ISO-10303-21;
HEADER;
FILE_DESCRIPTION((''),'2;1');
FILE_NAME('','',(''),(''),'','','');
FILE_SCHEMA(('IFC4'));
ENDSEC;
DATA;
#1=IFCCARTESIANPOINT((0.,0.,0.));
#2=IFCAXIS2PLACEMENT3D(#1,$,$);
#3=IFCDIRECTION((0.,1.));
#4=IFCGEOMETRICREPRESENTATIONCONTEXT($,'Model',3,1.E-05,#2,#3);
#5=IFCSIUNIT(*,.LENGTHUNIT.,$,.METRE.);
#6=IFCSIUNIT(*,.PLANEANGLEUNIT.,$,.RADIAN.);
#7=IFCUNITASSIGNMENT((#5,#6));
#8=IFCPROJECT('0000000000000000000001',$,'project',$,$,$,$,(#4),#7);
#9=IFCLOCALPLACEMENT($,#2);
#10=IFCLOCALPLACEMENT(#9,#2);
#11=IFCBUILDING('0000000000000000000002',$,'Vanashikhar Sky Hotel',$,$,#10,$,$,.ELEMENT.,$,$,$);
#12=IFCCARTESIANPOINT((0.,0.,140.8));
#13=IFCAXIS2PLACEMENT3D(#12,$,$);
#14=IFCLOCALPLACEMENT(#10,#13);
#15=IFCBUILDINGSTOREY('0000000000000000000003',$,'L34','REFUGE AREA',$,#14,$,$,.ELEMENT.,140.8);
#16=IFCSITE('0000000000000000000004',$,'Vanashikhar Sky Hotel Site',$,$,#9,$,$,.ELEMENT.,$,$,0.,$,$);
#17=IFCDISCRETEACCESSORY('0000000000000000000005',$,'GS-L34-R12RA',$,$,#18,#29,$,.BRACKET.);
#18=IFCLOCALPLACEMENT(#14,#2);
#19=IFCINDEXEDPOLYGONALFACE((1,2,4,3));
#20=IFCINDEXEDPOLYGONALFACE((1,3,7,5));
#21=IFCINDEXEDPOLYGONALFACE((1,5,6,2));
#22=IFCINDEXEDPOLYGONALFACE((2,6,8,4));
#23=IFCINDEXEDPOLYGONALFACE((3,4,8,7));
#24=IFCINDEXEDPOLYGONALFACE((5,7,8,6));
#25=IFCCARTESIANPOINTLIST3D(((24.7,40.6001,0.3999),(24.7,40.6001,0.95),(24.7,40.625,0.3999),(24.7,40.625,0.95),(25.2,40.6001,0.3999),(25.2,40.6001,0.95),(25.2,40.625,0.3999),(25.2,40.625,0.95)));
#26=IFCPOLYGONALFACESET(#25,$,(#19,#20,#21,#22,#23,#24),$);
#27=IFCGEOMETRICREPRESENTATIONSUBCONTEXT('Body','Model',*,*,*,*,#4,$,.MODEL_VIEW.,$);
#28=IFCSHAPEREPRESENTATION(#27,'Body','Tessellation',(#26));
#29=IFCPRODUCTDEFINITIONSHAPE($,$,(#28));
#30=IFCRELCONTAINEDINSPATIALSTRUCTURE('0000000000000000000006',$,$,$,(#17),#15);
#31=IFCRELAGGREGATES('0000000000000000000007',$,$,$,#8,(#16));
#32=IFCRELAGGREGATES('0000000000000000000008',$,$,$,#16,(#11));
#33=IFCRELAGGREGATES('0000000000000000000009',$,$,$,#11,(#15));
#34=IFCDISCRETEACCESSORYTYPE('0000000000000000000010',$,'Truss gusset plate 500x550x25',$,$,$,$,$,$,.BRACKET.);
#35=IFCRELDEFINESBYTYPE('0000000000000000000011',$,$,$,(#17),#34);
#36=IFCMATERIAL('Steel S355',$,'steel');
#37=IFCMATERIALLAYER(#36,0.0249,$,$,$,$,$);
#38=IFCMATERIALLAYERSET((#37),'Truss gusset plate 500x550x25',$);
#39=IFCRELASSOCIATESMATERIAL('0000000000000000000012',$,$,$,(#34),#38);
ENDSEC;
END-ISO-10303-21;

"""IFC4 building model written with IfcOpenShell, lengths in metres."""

from ifc_helpers import new_model, si_unit, direction, frame, origin, origin_2d, place, context, subcontext, project, spatial, rectangle, extrude, source, transform, mapped, material, layer, layer_set, type_object, element, save


model = new_model("IFC4")

# Units and contexts
model_context = context("Model", 3, precision=1e-05, world=origin(), true_north=direction((0.0, 1.0)))
body_context = subcontext(model_context, "Body", "Model", "MODEL_VIEW")
ifc_project = project(units=[si_unit("LENGTHUNIT", "METRE"), si_unit("PLANEANGLEUNIT", "RADIAN")], contexts=[model_context])

# Site, building, storey
site_placement = place(None, origin())
site = spatial("IfcSite", under=ifc_project, at=site_placement, Name="Vanashikhar Sky Hotel Site", CompositionType="ELEMENT", RefElevation=0.0)
building_placement = place(site_placement, origin())
building = spatial("IfcBuilding", under=site, at=building_placement, Name="Vanashikhar Sky Hotel", CompositionType="ELEMENT")
storey_placement = place(building_placement, frame((0.0, 0.0, 140.8)))
storey = spatial("IfcBuildingStorey", under=building, at=storey_placement, Name="L34", Description="REFUGE AREA", CompositionType="ELEMENT", Elevation=140.8)

# Shared definitions
ifc_material_1 = material(Name="Steel S355", Category="steel")

# Discrete accessory
ifc_layer_1 = layer(ifc_material_1, 0.0249)
ifc_layer_set_1 = layer_set([ifc_layer_1], Name="Truss gusset plate 500x550x25")
discrete_accessory_type_1 = type_object("IfcDiscreteAccessoryType", Name="Truss gusset plate 500x550x25", PredefinedType="BRACKET", material=ifc_layer_set_1)
shared_shape_1 = source(origin(), body_context, "Body", "SweptSolid", [
    extrude(rectangle(XDim=0.5, YDim=0.0249, at=origin_2d()), origin(), (0.0, 0.0, 1.0), 0.55),
])
discrete_accessory_1_placement = place(storey_placement, frame((24.95, 40.6125, 0.3999), z_axis=(0.0, 0.0, 1.0), x_axis=(1.0, 0.0, 0.0)))
element("IfcDiscreteAccessory", 1, at=discrete_accessory_1_placement, inside=storey, type_object=discrete_accessory_type_1, Name="GS-L34-R12RA", PredefinedType="BRACKET", context=body_context, shape_type="MappedRepresentation", body=[
    mapped(shared_shape_1, transform((0.0, 0.0, 0.0), scale=1.0)),
])

save(model, "model.ifc")
